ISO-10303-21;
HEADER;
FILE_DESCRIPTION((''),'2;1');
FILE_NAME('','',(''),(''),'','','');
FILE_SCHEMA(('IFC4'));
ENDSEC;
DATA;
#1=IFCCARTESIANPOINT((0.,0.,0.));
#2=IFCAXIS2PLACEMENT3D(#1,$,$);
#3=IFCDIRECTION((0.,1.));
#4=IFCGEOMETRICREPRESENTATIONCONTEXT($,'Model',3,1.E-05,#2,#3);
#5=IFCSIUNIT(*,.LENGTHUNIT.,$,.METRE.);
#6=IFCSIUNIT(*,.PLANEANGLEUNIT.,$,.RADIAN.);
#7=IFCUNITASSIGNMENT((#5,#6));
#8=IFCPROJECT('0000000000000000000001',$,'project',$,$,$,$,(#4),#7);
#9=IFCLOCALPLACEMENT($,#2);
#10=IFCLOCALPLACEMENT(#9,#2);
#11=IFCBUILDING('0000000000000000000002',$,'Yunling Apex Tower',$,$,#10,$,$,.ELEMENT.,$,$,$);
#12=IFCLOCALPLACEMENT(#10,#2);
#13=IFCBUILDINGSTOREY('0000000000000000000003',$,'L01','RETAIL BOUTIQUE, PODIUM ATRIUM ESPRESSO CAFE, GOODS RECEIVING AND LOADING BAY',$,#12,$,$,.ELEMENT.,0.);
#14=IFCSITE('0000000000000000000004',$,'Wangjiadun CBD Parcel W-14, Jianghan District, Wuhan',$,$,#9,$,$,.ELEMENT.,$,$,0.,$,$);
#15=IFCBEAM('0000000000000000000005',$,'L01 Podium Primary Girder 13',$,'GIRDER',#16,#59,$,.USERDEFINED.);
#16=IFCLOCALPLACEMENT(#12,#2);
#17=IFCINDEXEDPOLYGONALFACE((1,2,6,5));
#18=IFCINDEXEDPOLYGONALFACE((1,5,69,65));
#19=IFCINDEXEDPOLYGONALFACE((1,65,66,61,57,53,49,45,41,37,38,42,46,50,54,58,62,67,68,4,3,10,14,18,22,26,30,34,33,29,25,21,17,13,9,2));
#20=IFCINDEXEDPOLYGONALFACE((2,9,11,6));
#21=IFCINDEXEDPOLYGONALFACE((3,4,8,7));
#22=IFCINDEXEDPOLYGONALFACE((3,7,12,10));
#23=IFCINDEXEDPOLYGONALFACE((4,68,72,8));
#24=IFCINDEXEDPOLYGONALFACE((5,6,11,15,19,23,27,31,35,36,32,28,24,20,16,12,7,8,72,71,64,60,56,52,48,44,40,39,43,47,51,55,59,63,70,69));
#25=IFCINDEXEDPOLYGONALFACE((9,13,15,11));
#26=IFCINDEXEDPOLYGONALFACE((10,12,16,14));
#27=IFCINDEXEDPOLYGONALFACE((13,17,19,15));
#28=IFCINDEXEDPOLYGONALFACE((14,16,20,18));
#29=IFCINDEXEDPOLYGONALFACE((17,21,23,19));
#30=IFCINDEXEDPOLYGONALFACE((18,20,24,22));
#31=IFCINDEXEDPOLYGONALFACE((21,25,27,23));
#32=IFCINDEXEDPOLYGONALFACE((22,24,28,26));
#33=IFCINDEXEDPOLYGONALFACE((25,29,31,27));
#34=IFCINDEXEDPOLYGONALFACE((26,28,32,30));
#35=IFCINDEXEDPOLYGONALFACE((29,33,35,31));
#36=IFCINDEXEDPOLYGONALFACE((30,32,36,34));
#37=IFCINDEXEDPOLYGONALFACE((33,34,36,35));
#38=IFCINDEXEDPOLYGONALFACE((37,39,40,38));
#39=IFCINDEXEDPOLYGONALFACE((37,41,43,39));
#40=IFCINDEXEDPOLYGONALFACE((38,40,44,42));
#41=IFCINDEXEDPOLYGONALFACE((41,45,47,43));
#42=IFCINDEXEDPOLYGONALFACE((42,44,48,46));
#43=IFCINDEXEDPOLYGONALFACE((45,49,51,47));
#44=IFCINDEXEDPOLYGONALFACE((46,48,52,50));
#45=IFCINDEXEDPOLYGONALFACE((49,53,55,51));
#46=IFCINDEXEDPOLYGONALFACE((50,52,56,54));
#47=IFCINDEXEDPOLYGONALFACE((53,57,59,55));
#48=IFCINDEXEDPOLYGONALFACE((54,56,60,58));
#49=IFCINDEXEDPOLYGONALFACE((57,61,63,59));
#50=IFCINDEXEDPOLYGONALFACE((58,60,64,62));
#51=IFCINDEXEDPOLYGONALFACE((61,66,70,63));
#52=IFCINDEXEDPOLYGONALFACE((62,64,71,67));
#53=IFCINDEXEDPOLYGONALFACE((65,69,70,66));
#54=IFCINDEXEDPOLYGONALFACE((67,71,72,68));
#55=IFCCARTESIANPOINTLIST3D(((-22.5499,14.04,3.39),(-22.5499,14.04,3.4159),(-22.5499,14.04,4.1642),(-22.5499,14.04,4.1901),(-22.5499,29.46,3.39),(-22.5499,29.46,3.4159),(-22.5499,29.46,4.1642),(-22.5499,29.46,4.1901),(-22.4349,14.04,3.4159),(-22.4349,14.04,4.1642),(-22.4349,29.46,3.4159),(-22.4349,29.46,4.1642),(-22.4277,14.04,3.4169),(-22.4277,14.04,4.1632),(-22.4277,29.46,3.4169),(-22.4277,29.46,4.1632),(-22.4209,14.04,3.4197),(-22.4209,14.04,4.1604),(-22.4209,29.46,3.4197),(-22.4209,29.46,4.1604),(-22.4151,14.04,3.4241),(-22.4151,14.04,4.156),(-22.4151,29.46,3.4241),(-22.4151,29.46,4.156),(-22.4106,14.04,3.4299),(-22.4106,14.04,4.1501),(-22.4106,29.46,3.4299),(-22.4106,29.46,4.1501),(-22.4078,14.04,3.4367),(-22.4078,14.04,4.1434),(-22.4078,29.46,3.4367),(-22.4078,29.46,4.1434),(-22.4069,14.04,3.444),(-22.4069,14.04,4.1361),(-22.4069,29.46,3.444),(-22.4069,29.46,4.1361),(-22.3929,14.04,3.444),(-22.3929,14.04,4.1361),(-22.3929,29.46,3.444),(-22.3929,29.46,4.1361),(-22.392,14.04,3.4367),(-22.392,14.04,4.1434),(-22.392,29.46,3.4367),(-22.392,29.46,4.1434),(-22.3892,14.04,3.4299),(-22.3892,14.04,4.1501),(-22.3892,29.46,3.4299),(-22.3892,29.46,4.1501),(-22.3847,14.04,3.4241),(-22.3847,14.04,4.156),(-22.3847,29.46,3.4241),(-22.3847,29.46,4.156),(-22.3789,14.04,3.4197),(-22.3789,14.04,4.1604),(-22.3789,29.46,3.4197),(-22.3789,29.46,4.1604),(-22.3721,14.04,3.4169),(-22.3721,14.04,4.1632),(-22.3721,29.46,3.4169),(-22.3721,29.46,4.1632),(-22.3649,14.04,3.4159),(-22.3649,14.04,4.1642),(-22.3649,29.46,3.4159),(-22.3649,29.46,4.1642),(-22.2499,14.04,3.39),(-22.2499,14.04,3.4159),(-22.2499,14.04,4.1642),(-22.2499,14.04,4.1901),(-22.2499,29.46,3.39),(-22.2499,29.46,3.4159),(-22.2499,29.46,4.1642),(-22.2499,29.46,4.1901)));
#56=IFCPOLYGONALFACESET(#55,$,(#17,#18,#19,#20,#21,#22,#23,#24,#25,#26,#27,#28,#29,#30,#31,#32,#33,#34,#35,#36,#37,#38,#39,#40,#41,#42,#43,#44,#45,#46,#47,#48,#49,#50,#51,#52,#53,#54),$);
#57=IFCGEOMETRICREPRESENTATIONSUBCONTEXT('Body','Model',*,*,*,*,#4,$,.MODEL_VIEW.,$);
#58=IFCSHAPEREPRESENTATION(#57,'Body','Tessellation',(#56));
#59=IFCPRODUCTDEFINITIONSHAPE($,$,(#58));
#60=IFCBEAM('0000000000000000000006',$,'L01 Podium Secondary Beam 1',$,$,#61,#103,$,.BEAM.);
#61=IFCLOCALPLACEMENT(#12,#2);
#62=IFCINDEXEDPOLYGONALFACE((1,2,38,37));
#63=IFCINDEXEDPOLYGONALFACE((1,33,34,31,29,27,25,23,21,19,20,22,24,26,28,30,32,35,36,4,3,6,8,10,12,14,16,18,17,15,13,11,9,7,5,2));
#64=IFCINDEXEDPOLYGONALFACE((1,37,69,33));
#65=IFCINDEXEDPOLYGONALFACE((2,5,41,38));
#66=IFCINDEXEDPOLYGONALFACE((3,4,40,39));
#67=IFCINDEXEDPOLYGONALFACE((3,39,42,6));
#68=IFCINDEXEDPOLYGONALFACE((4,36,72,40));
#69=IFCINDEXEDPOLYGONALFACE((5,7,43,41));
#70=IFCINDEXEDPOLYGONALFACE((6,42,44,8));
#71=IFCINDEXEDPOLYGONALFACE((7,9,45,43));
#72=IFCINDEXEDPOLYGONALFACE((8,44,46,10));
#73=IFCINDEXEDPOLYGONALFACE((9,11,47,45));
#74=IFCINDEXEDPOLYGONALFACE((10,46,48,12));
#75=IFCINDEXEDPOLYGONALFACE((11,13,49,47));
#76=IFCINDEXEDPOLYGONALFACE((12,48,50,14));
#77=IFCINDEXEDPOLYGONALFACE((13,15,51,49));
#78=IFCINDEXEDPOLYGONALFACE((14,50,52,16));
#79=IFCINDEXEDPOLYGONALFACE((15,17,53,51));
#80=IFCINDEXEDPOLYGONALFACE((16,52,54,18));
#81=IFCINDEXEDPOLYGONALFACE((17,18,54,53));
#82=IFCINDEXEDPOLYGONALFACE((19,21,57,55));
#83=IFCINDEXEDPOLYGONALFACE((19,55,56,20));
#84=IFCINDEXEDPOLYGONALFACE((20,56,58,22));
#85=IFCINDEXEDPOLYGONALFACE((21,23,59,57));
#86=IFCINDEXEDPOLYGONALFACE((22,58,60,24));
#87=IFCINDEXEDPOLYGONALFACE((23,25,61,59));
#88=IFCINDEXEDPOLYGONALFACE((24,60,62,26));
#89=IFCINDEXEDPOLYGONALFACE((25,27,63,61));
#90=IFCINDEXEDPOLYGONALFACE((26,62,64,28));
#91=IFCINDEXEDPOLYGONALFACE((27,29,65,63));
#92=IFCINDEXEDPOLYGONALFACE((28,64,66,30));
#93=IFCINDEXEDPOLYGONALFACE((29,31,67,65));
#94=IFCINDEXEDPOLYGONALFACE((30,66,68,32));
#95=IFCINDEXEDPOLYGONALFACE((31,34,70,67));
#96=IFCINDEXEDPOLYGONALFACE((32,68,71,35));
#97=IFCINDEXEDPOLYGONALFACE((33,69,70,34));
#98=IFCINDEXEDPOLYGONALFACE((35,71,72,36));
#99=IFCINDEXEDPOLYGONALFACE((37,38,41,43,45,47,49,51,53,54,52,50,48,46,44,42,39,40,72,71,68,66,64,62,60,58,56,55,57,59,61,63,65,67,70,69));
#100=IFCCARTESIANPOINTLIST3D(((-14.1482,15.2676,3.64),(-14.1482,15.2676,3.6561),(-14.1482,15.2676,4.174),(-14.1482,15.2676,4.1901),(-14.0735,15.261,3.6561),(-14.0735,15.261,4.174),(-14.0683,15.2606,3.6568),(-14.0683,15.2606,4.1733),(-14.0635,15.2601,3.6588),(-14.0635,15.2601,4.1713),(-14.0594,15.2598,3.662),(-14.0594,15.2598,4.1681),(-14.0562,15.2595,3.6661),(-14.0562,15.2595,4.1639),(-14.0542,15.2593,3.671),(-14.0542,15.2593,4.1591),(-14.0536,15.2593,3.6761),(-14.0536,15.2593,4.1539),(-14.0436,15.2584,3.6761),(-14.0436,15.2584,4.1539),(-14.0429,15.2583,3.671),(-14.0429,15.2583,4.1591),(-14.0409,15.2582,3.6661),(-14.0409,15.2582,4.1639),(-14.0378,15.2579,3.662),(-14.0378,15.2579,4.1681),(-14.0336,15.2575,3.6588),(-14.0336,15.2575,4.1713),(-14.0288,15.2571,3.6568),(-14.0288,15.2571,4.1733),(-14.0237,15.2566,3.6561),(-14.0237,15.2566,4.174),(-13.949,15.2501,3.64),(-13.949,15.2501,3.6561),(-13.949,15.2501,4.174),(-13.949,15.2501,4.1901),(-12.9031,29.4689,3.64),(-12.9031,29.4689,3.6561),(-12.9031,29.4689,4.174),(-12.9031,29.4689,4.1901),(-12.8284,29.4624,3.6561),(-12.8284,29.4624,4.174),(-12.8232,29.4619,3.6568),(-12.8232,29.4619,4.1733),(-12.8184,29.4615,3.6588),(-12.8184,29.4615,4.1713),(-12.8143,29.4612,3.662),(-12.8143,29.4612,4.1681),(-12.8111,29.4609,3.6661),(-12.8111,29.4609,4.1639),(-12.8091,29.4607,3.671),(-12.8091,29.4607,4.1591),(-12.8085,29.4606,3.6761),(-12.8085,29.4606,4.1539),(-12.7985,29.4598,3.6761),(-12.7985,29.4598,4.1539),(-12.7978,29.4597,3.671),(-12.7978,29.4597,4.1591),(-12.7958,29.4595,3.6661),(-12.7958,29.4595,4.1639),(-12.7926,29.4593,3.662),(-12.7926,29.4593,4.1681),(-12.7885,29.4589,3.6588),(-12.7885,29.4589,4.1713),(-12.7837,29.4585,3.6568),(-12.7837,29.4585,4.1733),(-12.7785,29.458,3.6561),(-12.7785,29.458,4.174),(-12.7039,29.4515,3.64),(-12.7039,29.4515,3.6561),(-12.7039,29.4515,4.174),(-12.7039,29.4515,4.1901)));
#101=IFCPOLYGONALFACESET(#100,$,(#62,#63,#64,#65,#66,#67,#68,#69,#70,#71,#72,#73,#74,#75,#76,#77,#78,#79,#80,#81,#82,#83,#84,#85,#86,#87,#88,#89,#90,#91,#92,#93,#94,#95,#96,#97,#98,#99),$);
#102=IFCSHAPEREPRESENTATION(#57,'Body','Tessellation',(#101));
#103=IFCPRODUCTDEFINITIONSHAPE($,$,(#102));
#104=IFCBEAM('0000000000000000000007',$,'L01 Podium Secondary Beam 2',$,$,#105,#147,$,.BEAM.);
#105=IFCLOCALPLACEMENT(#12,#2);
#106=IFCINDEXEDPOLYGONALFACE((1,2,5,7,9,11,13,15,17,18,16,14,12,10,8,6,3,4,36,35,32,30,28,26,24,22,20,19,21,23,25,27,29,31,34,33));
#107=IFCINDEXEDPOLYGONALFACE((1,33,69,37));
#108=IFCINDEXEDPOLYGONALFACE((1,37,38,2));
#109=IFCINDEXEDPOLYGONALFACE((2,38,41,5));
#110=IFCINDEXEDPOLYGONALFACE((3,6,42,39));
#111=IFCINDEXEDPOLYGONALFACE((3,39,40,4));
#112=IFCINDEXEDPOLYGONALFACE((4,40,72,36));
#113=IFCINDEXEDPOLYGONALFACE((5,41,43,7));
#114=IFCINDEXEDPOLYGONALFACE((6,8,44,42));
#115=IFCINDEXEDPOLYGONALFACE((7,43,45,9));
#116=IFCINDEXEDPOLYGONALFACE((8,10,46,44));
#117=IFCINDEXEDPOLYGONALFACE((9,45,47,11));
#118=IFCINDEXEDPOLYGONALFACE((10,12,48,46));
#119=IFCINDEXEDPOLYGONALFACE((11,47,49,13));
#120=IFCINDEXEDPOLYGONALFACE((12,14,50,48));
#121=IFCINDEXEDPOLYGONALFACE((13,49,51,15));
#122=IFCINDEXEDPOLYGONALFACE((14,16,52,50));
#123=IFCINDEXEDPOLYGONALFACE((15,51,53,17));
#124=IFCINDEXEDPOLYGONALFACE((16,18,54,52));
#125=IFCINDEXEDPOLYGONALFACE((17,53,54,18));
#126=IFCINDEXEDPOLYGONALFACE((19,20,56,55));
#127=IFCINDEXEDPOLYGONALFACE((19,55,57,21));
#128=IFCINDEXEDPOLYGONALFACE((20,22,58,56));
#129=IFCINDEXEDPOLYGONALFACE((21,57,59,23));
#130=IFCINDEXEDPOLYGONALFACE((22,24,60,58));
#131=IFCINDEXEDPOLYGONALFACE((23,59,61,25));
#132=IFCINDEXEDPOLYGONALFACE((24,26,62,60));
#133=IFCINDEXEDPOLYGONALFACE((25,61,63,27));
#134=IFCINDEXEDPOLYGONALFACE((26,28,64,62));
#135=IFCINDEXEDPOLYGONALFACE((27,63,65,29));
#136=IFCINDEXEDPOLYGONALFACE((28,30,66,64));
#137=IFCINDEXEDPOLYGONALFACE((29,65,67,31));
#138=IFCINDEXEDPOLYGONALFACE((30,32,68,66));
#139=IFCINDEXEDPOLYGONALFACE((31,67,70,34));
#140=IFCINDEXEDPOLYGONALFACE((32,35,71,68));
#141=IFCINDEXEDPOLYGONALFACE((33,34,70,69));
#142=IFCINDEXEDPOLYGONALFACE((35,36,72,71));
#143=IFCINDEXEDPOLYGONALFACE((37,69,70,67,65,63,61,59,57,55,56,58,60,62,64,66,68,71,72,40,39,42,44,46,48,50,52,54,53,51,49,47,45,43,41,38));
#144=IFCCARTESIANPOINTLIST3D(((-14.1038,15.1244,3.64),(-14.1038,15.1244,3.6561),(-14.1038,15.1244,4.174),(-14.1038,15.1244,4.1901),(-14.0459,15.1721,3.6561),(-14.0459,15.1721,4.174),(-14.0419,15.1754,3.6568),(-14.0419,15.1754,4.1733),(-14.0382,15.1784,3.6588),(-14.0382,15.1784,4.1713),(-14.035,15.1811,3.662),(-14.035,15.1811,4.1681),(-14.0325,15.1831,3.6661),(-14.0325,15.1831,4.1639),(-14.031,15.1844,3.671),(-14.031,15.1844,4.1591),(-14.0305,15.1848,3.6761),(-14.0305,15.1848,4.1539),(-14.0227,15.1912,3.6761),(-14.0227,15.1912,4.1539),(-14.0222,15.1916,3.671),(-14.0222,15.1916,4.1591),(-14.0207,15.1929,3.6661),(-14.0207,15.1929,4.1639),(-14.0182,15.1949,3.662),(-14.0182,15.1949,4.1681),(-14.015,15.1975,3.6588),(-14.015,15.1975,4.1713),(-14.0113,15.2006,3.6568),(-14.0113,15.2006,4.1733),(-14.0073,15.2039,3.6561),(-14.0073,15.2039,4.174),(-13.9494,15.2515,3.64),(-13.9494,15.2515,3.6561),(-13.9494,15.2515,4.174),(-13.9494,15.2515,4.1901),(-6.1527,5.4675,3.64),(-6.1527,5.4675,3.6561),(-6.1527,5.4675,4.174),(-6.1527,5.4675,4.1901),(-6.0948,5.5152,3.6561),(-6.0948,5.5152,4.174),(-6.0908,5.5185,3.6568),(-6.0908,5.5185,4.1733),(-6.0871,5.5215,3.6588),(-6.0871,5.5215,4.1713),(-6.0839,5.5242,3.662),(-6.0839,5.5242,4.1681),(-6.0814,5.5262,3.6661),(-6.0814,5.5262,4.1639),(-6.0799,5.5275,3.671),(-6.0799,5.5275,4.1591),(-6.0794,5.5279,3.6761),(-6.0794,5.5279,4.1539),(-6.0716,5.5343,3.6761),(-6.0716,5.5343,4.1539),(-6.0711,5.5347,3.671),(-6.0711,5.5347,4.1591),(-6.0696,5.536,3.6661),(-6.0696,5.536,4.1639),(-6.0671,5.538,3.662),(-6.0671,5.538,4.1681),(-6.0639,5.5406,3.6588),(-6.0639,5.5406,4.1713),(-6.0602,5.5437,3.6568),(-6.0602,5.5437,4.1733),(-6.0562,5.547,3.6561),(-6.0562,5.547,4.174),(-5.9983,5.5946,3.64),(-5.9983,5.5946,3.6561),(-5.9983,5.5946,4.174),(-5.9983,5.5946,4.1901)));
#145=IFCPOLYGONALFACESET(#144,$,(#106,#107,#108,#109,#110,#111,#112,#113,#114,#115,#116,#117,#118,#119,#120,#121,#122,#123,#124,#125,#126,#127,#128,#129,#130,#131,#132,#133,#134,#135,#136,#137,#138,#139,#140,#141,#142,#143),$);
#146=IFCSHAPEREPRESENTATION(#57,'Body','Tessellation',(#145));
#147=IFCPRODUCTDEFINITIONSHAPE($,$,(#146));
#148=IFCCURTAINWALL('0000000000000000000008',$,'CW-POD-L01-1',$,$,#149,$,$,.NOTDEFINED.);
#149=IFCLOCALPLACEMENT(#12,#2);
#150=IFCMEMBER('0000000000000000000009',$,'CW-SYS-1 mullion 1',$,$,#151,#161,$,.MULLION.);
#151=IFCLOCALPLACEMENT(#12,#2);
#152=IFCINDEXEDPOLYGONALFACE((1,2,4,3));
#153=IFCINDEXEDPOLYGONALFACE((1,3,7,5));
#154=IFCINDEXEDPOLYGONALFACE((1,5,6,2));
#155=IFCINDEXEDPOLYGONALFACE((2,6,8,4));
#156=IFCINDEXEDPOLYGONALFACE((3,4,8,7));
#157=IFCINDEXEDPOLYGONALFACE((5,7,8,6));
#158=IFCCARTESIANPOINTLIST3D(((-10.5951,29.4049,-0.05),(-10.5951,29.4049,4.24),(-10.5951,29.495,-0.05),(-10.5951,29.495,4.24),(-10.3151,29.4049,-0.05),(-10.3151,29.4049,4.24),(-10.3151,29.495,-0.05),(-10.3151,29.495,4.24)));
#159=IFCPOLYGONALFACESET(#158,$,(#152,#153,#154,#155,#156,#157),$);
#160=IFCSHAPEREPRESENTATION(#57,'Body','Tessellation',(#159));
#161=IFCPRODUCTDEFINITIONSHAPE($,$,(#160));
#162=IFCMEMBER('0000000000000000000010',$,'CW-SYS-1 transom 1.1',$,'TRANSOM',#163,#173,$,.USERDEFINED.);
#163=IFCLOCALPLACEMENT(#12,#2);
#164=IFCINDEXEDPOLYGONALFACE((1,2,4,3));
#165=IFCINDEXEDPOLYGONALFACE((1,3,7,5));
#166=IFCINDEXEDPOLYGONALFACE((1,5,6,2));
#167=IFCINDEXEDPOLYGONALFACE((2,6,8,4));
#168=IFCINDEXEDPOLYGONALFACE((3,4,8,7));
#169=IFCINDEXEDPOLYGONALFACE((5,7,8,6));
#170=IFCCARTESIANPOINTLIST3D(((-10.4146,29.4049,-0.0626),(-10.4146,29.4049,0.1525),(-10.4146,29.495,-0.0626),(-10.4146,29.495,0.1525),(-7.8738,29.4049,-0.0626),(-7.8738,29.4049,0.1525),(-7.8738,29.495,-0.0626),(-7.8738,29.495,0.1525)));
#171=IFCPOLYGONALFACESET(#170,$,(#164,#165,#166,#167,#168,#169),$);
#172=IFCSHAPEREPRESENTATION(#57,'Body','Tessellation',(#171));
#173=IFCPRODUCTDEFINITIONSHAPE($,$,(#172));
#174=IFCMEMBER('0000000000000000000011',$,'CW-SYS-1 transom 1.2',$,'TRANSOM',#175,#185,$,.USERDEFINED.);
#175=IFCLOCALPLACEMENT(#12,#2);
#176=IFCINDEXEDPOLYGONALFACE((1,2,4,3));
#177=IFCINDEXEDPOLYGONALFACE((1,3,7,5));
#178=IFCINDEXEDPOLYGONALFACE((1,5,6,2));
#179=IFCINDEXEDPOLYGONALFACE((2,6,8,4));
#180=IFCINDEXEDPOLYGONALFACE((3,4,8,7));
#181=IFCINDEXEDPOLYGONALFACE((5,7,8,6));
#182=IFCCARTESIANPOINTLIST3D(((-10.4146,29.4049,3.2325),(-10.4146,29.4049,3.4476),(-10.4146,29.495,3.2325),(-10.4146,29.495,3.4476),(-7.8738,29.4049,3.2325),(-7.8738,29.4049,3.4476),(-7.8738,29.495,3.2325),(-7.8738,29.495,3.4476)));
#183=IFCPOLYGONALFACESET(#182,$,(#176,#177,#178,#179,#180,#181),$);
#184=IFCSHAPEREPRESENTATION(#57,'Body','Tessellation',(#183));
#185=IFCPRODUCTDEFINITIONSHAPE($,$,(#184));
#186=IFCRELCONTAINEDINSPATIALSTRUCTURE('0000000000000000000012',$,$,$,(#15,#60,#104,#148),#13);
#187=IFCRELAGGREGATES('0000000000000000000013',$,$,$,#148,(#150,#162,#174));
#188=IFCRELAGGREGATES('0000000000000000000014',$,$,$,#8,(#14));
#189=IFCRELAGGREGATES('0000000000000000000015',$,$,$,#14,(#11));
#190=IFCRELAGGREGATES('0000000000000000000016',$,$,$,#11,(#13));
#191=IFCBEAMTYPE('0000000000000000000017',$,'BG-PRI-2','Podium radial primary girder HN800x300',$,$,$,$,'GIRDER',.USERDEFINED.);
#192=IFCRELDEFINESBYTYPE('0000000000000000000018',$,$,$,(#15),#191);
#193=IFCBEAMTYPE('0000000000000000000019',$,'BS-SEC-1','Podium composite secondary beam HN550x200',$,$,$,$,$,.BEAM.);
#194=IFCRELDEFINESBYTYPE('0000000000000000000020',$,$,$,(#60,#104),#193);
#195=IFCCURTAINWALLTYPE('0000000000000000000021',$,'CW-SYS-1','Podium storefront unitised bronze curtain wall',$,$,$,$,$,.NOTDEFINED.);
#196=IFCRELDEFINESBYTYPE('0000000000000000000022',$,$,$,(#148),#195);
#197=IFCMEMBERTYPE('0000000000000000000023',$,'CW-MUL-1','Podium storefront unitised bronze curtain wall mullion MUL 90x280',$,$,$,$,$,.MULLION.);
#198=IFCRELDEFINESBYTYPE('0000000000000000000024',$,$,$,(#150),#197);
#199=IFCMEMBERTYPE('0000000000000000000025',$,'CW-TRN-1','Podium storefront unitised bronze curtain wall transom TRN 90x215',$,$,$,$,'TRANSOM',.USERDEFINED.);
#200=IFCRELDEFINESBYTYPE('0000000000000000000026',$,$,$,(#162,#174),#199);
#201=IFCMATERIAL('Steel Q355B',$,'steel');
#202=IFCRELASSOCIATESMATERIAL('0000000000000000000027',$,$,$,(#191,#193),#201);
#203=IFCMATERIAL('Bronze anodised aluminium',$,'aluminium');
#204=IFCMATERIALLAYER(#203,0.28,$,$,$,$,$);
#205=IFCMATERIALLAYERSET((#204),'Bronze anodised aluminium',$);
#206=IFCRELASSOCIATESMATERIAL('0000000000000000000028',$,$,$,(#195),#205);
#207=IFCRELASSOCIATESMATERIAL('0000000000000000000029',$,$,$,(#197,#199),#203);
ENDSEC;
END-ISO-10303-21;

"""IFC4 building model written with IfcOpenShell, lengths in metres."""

from ifc_helpers import new_model, si_unit, direction, frame, origin, origin_2d, place, context, subcontext, project, spatial, rectangle, i_section, extrude, source, transform, mapped, material, layer, layer_set, material_profile, profile_set, type_object, element, aggregate, save


model = new_model("IFC4")

# Units and contexts
model_context = context("Model", 3, precision=1e-05, world=origin(), true_north=direction((0.0, 1.0)))
body_context = subcontext(model_context, "Body", "Model", "MODEL_VIEW")
ifc_project = project(units=[si_unit("LENGTHUNIT", "METRE"), si_unit("PLANEANGLEUNIT", "RADIAN")], contexts=[model_context])

# Site, building, storey
site_placement = place(None, origin())
site = spatial("IfcSite", under=ifc_project, at=site_placement, Name="Wangjiadun CBD Parcel W-14, Jianghan District, Wuhan", CompositionType="ELEMENT", RefElevation=0.0)
building_placement = place(site_placement, origin())
building = spatial("IfcBuilding", under=site, at=building_placement, Name="Yunling Apex Tower", CompositionType="ELEMENT")
storey_placement = place(building_placement, origin())
storey = spatial("IfcBuildingStorey", under=building, at=storey_placement, Name="L01", Description="RETAIL BOUTIQUE, PODIUM ATRIUM ESPRESSO CAFE, GOODS RECEIVING AND LOADING BAY", CompositionType="ELEMENT", Elevation=0.0)

# Beams
ifc_material_1 = material(Name="Steel Q355B", Category="steel")
ifc_material_profile_1 = material_profile(ifc_material_1, i_section(OverallWidth=0.3, OverallDepth=0.8, WebThickness=0.0139, FlangeThickness=0.0259, FilletRadius=0.0281, at=origin_2d()))
ifc_profile_set_1 = profile_set([ifc_material_profile_1], Name="Steel Q355B")
beam_type_1 = type_object("IfcBeamType", Name="BG-PRI-2", Description="Podium radial primary girder HN800x300", ElementType="GIRDER", PredefinedType="USERDEFINED", material=ifc_profile_set_1)
shared_shape_1 = source(origin(), body_context, "Body", "SweptSolid", [
    extrude(i_section(OverallWidth=0.3, OverallDepth=0.8, WebThickness=0.0139, FlangeThickness=0.0259, FilletRadius=0.0281, at=origin_2d()), origin(), (0.0, 0.0, 1.0), 15.4199),
])
beam_1_placement = place(storey_placement, frame((-22.3999, 29.46, 3.79), z_axis=(0.0, -1.0, 0.0), x_axis=(1.0, 0.0, 0.0)))
element("IfcBeam", 1, at=beam_1_placement, inside=storey, type_object=beam_type_1, Name="L01 Podium Primary Girder 13", ObjectType="GIRDER", PredefinedType="USERDEFINED", context=body_context, shape_type="MappedRepresentation", body=[
    mapped(shared_shape_1, transform((0.0, 0.0, 0.0), scale=1.0)),
])
ifc_material_profile_2 = material_profile(ifc_material_1, i_section(OverallWidth=0.2, OverallDepth=0.55, WebThickness=0.01, FlangeThickness=0.0161, FilletRadius=0.02, at=origin_2d()))
ifc_profile_set_2 = profile_set([ifc_material_profile_2], Name="Steel Q355B")
beam_type_2 = type_object("IfcBeamType", Name="BS-SEC-1", Description="Podium composite secondary beam HN550x200", PredefinedType="BEAM", material=ifc_profile_set_2)
shared_shape_2 = source(origin(), body_context, "Body", "SweptSolid", [
    extrude(i_section(OverallWidth=0.2, OverallDepth=0.55, WebThickness=0.01, FlangeThickness=0.0161, FilletRadius=0.02, at=origin_2d()), origin(), (0.0, 0.0, 1.0), 14.2559),
])
beam_2_placement = place(storey_placement, frame((-12.8035, 29.4602, 3.915), z_axis=(-0.087341, -0.996179, 0.0), x_axis=(0.996179, -0.087341, 0.0)))
element("IfcBeam", 2, at=beam_2_placement, inside=storey, type_object=beam_type_2, Name="L01 Podium Secondary Beam 1", PredefinedType="BEAM", context=body_context, shape_type="MappedRepresentation", body=[
    mapped(shared_shape_2, transform((0.0, 0.0, 0.0), scale=1.0)),
])
shared_shape_3 = source(origin(), body_context, "Body", "SweptSolid", [
    extrude(i_section(OverallWidth=0.2, OverallDepth=0.55, WebThickness=0.01, FlangeThickness=0.0161, FilletRadius=0.02, at=origin_2d()), origin(), (0.0, 0.0, 1.0), 12.509),
])
beam_3_placement = place(storey_placement, frame((-14.0266, 15.188, 3.915), z_axis=(0.635629, -0.771994, 0.0), x_axis=(0.771994, 0.635629, 0.0)))
element("IfcBeam", 3, at=beam_3_placement, inside=storey, type_object=beam_type_2, Name="L01 Podium Secondary Beam 2", PredefinedType="BEAM", context=body_context, shape_type="MappedRepresentation", body=[
    mapped(shared_shape_3, transform((0.0, 0.0, 0.0), scale=1.0)),
])

# Curtain wall, members
ifc_material_2 = material(Name="Bronze anodised aluminium", Category="aluminium")
ifc_layer_1 = layer(ifc_material_2, 0.28)
ifc_layer_set_1 = layer_set([ifc_layer_1], Name="Bronze anodised aluminium")
curtain_wall_type = type_object("IfcCurtainWallType", Name="CW-SYS-1", Description="Podium storefront unitised bronze curtain wall", PredefinedType="NOTDEFINED", material=ifc_layer_set_1)
curtain_wall_placement = place(storey_placement, origin())
curtain_wall = element("IfcCurtainWall", 4, at=curtain_wall_placement, inside=storey, type_object=curtain_wall_type, Name="CW-POD-L01-1", PredefinedType="NOTDEFINED")
ifc_material_profile_3 = material_profile(ifc_material_2, rectangle(XDim=0.0901, YDim=0.28, at=origin_2d()))
ifc_profile_set_3 = profile_set([ifc_material_profile_3], Name="Bronze anodised aluminium")
member_type_1 = type_object("IfcMemberType", Name="CW-MUL-1", Description="Podium storefront unitised bronze curtain wall mullion MUL 90x280", PredefinedType="MULLION", material=ifc_profile_set_3)
shared_shape_4 = source(origin(), body_context, "Body", "SweptSolid", [
    extrude(rectangle(XDim=0.0901, YDim=0.28, at=origin_2d()), origin(), (0.0, 0.0, 1.0), 4.29),
])
member_1_placement = place(storey_placement, frame((-10.4551, 29.45, -0.05), z_axis=(0.0, 0.0, 1.0), x_axis=(0.0, 1.0, 0.0)))
member_1 = element("IfcMember", 5, at=member_1_placement, type_object=member_type_1, Name="CW-SYS-1 mullion 1", PredefinedType="MULLION", context=body_context, shape_type="MappedRepresentation", body=[
    mapped(shared_shape_4, transform((0.0, 0.0, 0.0), scale=1.0)),
])
ifc_material_profile_4 = material_profile(ifc_material_2, rectangle(XDim=0.0901, YDim=0.2151, at=origin_2d()))
ifc_profile_set_4 = profile_set([ifc_material_profile_4], Name="Bronze anodised aluminium")
member_type_2 = type_object("IfcMemberType", Name="CW-TRN-1", Description="Podium storefront unitised bronze curtain wall transom TRN 90x215", ElementType="TRANSOM", PredefinedType="USERDEFINED", material=ifc_profile_set_4)
shared_shape_5 = source(origin(), body_context, "Body", "SweptSolid", [
    extrude(rectangle(XDim=0.0901, YDim=0.2151, at=origin_2d()), origin(), (0.0, 0.0, 1.0), 2.5408),
])
member_2_placement = place(storey_placement, frame((-10.4146, 29.45, 0.0449), z_axis=(1.0, 0.0, 0.0), x_axis=(0.0, 1.0, 0.0)))
member_2 = element("IfcMember", 6, at=member_2_placement, type_object=member_type_2, Name="CW-SYS-1 transom 1.1", ObjectType="TRANSOM", PredefinedType="USERDEFINED", context=body_context, shape_type="MappedRepresentation", body=[
    mapped(shared_shape_5, transform((0.0, 0.0, 0.0), scale=1.0)),
])
member_3_placement = place(storey_placement, frame((-10.4146, 29.45, 3.3401), z_axis=(1.0, 0.0, 0.0), x_axis=(0.0, 1.0, 0.0)))
member_3 = element("IfcMember", 7, at=member_3_placement, type_object=member_type_2, Name="CW-SYS-1 transom 1.2", ObjectType="TRANSOM", PredefinedType="USERDEFINED", context=body_context, shape_type="MappedRepresentation", body=[
    mapped(shared_shape_5, transform((0.0, 0.0, 0.0), scale=1.0)),
])
aggregate(curtain_wall, [member_1, member_2, member_3])

save(model, "model.ifc")
